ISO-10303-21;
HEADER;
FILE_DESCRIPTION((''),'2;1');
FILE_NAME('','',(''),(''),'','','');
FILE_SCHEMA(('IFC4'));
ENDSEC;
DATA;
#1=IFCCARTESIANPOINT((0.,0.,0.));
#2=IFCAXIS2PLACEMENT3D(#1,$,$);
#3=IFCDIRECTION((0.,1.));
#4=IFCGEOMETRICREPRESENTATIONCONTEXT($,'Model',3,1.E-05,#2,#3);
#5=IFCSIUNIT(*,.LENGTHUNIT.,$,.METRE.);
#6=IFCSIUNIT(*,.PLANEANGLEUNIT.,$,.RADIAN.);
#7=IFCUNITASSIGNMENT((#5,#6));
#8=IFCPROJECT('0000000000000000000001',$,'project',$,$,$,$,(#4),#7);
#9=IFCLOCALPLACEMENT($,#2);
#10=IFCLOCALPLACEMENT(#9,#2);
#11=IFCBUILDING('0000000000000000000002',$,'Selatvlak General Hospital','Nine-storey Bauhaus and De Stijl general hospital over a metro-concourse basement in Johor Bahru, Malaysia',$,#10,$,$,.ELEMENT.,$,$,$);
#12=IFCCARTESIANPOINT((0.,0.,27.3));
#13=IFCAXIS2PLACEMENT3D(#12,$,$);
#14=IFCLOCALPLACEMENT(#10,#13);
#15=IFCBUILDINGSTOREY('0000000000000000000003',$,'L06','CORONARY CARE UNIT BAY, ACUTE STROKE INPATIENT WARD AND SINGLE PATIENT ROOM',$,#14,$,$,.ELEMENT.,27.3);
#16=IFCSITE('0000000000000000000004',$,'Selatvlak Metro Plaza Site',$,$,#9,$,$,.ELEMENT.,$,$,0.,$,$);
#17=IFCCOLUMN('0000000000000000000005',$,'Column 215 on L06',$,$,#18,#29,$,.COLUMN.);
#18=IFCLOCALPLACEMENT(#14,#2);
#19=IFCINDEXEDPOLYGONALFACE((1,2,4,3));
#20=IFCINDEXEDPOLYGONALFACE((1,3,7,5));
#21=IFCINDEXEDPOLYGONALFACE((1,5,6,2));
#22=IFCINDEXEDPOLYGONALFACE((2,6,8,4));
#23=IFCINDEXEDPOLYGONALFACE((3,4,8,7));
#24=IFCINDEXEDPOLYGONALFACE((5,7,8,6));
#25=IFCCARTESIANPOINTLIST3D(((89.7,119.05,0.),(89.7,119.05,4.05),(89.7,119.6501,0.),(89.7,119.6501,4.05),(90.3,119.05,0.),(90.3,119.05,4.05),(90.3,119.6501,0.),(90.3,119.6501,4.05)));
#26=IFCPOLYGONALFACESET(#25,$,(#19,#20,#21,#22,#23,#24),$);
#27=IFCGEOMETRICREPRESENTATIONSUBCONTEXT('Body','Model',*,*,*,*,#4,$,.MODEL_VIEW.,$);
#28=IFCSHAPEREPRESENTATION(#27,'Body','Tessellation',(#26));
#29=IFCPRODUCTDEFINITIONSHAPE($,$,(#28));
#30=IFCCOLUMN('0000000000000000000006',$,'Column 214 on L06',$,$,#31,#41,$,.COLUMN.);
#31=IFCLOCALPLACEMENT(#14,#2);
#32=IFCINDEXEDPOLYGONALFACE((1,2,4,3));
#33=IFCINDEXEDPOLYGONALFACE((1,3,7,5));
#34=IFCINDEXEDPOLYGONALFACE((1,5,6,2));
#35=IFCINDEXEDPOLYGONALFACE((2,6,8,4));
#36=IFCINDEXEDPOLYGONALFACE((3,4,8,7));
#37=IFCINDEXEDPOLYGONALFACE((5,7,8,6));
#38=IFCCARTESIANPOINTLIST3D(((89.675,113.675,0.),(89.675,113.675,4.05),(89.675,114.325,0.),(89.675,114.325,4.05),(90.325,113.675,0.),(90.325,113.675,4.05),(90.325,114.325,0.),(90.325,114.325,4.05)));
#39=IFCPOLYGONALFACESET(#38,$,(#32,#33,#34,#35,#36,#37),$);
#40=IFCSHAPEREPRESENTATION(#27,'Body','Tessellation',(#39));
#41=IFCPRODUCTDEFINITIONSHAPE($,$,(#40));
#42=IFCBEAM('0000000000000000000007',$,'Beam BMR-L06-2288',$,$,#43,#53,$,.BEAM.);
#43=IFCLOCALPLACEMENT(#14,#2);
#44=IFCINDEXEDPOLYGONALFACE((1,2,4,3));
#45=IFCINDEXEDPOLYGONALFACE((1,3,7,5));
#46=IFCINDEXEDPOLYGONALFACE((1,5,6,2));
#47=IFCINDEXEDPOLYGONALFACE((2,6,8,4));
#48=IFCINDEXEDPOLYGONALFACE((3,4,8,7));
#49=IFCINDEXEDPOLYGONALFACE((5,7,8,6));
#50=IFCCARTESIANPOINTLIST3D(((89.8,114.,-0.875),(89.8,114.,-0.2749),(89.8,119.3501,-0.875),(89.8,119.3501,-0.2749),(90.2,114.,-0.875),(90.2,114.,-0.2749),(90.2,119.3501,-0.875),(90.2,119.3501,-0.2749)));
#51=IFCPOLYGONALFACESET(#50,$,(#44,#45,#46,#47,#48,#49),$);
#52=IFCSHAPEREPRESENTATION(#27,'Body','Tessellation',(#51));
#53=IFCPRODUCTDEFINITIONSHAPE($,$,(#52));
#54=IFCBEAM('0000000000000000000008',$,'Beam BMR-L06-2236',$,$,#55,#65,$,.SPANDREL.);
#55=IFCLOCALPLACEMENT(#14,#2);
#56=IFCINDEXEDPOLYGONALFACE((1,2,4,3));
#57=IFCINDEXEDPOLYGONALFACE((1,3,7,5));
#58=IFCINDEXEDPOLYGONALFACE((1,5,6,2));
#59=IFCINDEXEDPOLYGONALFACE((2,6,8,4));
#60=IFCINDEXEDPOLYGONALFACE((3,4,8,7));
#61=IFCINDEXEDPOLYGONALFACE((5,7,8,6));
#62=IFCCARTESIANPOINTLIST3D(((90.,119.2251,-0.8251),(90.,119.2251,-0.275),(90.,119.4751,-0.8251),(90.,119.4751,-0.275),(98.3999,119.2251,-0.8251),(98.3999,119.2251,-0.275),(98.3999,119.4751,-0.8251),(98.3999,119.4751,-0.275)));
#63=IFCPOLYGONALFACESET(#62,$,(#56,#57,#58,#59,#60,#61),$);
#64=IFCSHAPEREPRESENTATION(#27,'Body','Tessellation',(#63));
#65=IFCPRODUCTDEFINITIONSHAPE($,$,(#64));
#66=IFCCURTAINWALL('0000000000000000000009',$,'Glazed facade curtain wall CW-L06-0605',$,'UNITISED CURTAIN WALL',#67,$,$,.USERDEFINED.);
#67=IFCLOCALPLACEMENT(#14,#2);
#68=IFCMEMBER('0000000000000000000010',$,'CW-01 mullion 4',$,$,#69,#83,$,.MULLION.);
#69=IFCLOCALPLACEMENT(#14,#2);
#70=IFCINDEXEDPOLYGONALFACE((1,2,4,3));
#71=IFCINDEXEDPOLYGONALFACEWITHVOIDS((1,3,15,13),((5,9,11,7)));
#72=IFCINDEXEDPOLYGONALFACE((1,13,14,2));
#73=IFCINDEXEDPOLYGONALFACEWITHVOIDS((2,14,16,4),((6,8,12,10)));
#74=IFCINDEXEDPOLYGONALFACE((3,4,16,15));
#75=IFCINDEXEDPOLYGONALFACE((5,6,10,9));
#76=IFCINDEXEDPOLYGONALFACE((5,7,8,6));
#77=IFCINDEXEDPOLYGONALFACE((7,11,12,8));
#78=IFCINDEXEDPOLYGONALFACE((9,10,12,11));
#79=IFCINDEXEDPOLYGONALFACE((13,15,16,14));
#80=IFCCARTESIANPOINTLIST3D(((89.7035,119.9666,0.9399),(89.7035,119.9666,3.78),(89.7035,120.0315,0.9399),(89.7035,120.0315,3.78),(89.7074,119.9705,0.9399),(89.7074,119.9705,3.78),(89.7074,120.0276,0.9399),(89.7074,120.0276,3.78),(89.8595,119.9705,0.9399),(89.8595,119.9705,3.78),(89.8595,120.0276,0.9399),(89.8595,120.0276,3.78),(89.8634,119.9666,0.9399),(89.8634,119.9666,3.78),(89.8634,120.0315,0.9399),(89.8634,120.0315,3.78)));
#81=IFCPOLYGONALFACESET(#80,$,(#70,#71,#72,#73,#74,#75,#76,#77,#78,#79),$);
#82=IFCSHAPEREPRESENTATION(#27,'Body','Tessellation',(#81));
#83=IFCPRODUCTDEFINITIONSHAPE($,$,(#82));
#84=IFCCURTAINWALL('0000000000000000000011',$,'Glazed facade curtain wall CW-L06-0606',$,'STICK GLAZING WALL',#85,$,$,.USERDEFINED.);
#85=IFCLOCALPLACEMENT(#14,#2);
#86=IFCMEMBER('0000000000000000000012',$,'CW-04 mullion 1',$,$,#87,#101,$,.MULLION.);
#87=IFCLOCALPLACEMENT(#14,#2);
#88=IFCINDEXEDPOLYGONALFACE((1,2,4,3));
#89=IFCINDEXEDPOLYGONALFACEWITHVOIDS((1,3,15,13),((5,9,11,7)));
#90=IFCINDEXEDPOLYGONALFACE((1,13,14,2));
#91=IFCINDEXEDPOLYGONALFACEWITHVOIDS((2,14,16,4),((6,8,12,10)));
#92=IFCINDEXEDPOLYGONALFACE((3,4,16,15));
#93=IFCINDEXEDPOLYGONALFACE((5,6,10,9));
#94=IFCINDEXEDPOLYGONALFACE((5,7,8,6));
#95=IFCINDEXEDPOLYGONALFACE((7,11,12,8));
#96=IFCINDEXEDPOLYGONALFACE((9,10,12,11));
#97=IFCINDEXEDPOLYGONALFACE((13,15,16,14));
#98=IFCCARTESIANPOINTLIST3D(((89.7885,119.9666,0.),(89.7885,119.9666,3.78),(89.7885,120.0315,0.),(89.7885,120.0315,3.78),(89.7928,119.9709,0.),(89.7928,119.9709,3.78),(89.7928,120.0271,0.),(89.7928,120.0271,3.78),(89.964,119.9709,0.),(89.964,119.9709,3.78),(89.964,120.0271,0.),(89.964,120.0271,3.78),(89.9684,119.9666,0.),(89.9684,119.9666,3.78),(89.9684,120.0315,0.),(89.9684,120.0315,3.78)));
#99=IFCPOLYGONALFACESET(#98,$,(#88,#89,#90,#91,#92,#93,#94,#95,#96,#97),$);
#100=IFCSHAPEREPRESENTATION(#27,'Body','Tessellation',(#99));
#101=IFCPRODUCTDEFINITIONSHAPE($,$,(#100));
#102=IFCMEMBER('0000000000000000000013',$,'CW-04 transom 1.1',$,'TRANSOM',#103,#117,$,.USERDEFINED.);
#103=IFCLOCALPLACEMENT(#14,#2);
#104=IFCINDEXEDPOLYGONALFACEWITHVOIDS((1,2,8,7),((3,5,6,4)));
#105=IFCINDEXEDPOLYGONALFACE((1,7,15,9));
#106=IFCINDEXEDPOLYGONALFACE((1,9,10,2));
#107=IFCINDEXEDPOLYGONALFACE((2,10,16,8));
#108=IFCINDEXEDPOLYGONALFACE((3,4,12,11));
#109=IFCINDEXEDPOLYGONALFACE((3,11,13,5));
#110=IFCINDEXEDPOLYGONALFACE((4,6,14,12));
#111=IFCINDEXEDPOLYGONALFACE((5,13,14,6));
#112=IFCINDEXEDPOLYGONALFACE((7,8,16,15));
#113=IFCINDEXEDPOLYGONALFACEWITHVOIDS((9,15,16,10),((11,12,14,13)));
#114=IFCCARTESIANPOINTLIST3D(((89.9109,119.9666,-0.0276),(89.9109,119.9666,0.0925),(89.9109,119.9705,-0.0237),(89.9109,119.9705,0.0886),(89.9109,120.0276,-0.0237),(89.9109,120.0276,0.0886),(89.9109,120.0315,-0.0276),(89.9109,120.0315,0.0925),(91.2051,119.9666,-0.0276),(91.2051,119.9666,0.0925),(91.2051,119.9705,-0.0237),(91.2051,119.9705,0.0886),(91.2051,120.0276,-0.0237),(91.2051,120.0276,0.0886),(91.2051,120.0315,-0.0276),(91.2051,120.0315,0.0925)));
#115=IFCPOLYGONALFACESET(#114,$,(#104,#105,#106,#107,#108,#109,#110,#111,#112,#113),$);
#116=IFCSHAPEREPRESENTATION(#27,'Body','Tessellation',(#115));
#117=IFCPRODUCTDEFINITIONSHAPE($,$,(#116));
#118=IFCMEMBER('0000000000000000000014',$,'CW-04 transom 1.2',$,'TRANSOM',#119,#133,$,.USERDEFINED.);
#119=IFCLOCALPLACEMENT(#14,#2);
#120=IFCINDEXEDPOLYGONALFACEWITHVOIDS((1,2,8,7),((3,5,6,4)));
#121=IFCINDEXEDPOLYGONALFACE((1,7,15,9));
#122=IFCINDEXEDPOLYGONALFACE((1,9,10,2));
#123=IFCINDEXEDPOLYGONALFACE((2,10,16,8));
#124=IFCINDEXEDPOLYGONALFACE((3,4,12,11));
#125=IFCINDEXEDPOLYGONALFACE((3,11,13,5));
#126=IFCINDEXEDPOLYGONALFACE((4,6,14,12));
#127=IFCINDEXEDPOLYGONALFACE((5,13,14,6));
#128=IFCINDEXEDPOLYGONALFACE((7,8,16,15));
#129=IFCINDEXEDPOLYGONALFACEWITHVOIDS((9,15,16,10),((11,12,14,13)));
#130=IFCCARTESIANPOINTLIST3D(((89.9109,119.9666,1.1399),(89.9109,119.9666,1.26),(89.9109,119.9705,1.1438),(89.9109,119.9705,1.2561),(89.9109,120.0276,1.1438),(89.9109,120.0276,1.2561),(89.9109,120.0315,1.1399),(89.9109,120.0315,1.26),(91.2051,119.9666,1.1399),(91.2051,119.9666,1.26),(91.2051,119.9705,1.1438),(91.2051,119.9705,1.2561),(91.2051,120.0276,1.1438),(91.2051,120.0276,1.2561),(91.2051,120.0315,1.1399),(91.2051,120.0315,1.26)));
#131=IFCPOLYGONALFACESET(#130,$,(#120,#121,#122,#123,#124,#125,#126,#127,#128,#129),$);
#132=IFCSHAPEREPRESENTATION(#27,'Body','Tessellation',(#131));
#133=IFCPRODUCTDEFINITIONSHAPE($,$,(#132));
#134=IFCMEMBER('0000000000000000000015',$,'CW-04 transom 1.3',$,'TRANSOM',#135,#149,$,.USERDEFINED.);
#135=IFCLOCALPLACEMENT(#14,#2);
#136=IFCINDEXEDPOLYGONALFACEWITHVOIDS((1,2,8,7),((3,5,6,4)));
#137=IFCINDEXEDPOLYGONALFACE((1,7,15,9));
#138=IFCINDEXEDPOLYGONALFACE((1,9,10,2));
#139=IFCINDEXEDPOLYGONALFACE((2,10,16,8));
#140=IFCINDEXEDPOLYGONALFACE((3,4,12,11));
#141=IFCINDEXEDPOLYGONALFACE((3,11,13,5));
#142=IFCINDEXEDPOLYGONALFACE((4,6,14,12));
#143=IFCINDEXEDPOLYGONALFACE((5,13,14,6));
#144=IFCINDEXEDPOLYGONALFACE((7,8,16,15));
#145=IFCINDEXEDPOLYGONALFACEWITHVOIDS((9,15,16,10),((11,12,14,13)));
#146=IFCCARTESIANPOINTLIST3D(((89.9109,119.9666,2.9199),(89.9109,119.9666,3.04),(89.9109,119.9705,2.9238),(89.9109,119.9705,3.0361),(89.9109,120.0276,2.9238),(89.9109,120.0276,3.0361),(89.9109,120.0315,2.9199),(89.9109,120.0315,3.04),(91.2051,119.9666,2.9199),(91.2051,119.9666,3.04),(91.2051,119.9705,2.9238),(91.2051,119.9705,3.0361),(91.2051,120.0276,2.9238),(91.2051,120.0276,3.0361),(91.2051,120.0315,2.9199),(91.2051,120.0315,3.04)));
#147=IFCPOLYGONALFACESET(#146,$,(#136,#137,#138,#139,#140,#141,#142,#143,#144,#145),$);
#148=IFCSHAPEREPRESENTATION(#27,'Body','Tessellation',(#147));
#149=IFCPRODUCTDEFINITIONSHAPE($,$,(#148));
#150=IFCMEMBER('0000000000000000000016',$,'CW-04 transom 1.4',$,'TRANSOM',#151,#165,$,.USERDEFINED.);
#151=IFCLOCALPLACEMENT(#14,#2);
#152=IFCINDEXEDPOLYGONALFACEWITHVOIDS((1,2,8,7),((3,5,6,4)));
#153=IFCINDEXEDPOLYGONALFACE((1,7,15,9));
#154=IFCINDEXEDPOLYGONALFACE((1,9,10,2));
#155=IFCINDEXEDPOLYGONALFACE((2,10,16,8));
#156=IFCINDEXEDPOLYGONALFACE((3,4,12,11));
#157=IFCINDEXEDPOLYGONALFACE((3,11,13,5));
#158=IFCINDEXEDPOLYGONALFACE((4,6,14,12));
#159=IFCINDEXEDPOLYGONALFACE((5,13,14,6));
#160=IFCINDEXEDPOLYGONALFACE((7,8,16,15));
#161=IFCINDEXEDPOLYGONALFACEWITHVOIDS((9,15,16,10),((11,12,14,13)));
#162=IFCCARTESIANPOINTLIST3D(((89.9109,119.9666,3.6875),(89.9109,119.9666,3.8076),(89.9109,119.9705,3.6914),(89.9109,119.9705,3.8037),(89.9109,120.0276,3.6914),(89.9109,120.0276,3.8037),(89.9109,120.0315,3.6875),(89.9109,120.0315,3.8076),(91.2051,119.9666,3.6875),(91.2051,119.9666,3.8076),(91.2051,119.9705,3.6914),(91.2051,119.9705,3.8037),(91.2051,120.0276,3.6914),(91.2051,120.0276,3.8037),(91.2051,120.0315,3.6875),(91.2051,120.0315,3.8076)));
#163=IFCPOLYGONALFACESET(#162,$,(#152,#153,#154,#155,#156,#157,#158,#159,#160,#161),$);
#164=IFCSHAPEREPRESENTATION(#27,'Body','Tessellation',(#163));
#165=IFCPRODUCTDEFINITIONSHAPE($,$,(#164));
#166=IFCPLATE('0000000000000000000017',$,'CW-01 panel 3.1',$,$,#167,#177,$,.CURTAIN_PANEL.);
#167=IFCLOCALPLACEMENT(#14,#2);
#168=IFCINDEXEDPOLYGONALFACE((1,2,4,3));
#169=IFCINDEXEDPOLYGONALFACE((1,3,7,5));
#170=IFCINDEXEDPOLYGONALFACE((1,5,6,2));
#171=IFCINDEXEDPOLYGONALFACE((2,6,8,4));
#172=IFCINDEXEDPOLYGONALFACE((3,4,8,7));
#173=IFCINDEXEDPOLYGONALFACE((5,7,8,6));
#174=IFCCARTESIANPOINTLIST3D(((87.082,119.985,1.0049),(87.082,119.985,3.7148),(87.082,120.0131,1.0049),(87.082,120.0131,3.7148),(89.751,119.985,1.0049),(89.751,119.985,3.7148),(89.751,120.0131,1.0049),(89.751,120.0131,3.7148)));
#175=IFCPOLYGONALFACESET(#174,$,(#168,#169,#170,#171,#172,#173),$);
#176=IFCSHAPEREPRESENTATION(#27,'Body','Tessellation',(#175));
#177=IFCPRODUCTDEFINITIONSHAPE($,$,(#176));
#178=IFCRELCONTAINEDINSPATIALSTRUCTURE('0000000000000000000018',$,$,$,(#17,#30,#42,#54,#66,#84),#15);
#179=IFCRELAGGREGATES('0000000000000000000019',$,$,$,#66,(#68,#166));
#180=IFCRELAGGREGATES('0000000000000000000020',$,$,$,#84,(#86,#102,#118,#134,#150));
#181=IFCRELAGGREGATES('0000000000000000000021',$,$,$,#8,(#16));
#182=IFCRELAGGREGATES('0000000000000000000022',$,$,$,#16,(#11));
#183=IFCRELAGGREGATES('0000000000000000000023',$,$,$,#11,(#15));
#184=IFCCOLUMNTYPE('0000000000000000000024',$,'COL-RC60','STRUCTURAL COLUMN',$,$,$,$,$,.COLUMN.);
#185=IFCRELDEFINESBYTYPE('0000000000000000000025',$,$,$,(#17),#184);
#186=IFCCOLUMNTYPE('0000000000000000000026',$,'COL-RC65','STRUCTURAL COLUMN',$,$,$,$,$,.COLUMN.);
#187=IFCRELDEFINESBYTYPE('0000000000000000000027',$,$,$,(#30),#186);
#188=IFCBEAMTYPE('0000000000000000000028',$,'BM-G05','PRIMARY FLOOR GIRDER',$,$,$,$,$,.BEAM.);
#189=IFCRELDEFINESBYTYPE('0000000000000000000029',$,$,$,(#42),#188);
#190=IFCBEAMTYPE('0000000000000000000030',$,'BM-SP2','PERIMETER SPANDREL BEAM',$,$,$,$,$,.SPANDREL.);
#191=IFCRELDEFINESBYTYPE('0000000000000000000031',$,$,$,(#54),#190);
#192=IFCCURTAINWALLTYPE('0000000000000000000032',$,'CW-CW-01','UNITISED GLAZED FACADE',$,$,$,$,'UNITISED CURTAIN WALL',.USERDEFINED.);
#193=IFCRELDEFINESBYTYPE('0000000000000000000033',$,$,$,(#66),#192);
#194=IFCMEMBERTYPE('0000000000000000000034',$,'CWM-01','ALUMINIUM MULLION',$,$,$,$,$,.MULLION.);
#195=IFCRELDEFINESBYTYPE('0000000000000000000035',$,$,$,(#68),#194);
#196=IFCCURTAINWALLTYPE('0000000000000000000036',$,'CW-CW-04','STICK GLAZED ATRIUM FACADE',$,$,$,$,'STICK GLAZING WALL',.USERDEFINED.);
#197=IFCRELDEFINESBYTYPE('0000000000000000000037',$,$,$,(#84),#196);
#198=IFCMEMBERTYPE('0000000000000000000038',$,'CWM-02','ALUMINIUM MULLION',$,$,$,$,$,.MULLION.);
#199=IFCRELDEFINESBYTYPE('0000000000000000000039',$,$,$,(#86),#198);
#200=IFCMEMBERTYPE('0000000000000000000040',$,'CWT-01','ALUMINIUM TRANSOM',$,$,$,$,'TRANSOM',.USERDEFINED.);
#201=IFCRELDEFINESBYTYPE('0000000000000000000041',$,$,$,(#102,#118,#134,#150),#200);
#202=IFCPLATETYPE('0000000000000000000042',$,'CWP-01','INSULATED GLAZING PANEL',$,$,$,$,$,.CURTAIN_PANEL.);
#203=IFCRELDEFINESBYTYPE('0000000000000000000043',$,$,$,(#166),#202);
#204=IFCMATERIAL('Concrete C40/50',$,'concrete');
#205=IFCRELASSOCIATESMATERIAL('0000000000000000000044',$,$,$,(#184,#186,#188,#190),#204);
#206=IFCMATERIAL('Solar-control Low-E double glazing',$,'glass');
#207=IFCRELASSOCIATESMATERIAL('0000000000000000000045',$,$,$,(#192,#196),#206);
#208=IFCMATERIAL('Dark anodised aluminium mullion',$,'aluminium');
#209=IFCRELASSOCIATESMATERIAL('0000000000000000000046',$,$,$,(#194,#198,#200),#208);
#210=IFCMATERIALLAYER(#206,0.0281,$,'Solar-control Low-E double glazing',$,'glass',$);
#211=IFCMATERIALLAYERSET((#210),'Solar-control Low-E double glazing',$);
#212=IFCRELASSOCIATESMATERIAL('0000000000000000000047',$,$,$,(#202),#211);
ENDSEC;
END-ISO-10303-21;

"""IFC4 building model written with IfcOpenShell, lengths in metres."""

from ifc_helpers import new_model, si_unit, direction, frame, origin, origin_2d, place, context, subcontext, project, spatial, rectangle, hollow_rectangle, extrude, material, layer, layer_set, material_profile, profile_set, type_object, element, aggregate, save


model = new_model("IFC4")

# Units and contexts
model_context = context("Model", 3, precision=1e-05, world=origin(), true_north=direction((0.0, 1.0)))
body_context = subcontext(model_context, "Body", "Model", "MODEL_VIEW")
ifc_project = project(units=[si_unit("LENGTHUNIT", "METRE"), si_unit("PLANEANGLEUNIT", "RADIAN")], contexts=[model_context])

# Site, building, storey
site_placement = place(None, origin())
site = spatial("IfcSite", under=ifc_project, at=site_placement, Name="Selatvlak Metro Plaza Site", CompositionType="ELEMENT", RefElevation=0.0)
building_placement = place(site_placement, origin())
building = spatial("IfcBuilding", under=site, at=building_placement, Name="Selatvlak General Hospital", Description="Nine-storey Bauhaus and De Stijl general hospital over a metro-concourse basement in Johor Bahru, Malaysia", CompositionType="ELEMENT")
storey_placement = place(building_placement, frame((0.0, 0.0, 27.3)))
storey = spatial("IfcBuildingStorey", under=building, at=storey_placement, Name="L06", Description="CORONARY CARE UNIT BAY, ACUTE STROKE INPATIENT WARD AND SINGLE PATIENT ROOM", CompositionType="ELEMENT", Elevation=27.3)

# Columns
ifc_material_1 = material(Name="Concrete C40/50", Category="concrete")
ifc_material_profile_1 = material_profile(ifc_material_1, rectangle(XDim=0.6001, YDim=0.6001, at=origin_2d()), Name="RC-COL 600x600")
ifc_profile_set_1 = profile_set([ifc_material_profile_1], Name="Concrete C40/50")
column_type_1 = type_object("IfcColumnType", Name="COL-RC60", Description="STRUCTURAL COLUMN", PredefinedType="COLUMN", material=ifc_profile_set_1)
column_1_placement = place(storey_placement, frame((90.0, 119.3501, 0.0), z_axis=(0.0, 0.0, 1.0), x_axis=(1.0, 0.0, 0.0)))
element("IfcColumn", 1, at=column_1_placement, inside=storey, type_object=column_type_1, Name="Column 215 on L06", PredefinedType="COLUMN", context=body_context, shape_type="SweptSolid", body=[
    extrude(rectangle(XDim=0.6001, YDim=0.6001, at=origin_2d()), origin(), (0.0, 0.0, 1.0), 4.05),
])
ifc_material_profile_2 = material_profile(ifc_material_1, rectangle(XDim=0.6499, YDim=0.6499, at=origin_2d()), Name="RC-COL 650x650")
ifc_profile_set_2 = profile_set([ifc_material_profile_2], Name="Concrete C40/50")
column_type_2 = type_object("IfcColumnType", Name="COL-RC65", Description="STRUCTURAL COLUMN", PredefinedType="COLUMN", material=ifc_profile_set_2)
column_2_placement = place(storey_placement, frame((90.0, 114.0, 0.0), z_axis=(0.0, 0.0, 1.0), x_axis=(1.0, 0.0, 0.0)))
element("IfcColumn", 2, at=column_2_placement, inside=storey, type_object=column_type_2, Name="Column 214 on L06", PredefinedType="COLUMN", context=body_context, shape_type="SweptSolid", body=[
    extrude(rectangle(XDim=0.6499, YDim=0.6499, at=origin_2d()), origin(), (0.0, 0.0, 1.0), 4.05),
])

# Beams
ifc_material_profile_3 = material_profile(ifc_material_1, rectangle(XDim=0.3999, YDim=0.6001, at=origin_2d()), Name="RC-BM 400x600")
ifc_profile_set_3 = profile_set([ifc_material_profile_3], Name="Concrete C40/50")
beam_type_1 = type_object("IfcBeamType", Name="BM-G05", Description="PRIMARY FLOOR GIRDER", PredefinedType="BEAM", material=ifc_profile_set_3)
beam_1_placement = place(storey_placement, frame((90.0, 114.0, -0.575), z_axis=(0.0, 1.0, 0.0), x_axis=(-1.0, 0.0, 0.0)))
element("IfcBeam", 3, at=beam_1_placement, inside=storey, type_object=beam_type_1, Name="Beam BMR-L06-2288", PredefinedType="BEAM", context=body_context, shape_type="SweptSolid", body=[
    extrude(rectangle(XDim=0.3999, YDim=0.6001, at=origin_2d()), origin(), (0.0, 0.0, 1.0), 5.3501),
])
ifc_material_profile_4 = material_profile(ifc_material_1, rectangle(XDim=0.25, YDim=0.55, at=origin_2d()), Name="RC-SP 250x550")
ifc_profile_set_4 = profile_set([ifc_material_profile_4], Name="Concrete C40/50")
beam_type_2 = type_object("IfcBeamType", Name="BM-SP2", Description="PERIMETER SPANDREL BEAM", PredefinedType="SPANDREL", material=ifc_profile_set_4)
beam_2_placement = place(storey_placement, frame((90.0, 119.3501, -0.55), z_axis=(1.0, 0.0, 0.0), x_axis=(0.0, 1.0, 0.0)))
element("IfcBeam", 4, at=beam_2_placement, inside=storey, type_object=beam_type_2, Name="Beam BMR-L06-2236", PredefinedType="SPANDREL", context=body_context, shape_type="SweptSolid", body=[
    extrude(rectangle(XDim=0.25, YDim=0.55, at=origin_2d()), origin(), (0.0, 0.0, 1.0), 8.3999),
])

# Curtain wall, member
ifc_material_2 = material(Name="Solar-control Low-E double glazing", Category="glass")
curtain_wall_type_1 = type_object("IfcCurtainWallType", Name="CW-CW-01", Description="UNITISED GLAZED FACADE", ElementType="UNITISED CURTAIN WALL", PredefinedType="USERDEFINED", material=ifc_material_2)
curtain_wall_1_placement = place(storey_placement, origin())
curtain_wall_1 = element("IfcCurtainWall", 5, at=curtain_wall_1_placement, inside=storey, type_object=curtain_wall_type_1, Name="Glazed facade curtain wall CW-L06-0605", ObjectType="UNITISED CURTAIN WALL", PredefinedType="USERDEFINED")
ifc_material_3 = material(Name="Dark anodised aluminium mullion", Category="aluminium")
ifc_material_profile_5 = material_profile(ifc_material_3, hollow_rectangle(XDim=0.0649, YDim=0.1599, WallThickness=0.0039, at=origin_2d()), Name="AL-MUL 65x160x4")
ifc_profile_set_5 = profile_set([ifc_material_profile_5], Name="Dark anodised aluminium mullion")
member_type_1 = type_object("IfcMemberType", Name="CWM-01", Description="ALUMINIUM MULLION", PredefinedType="MULLION", material=ifc_profile_set_5)
member_1_placement = place(storey_placement, frame((89.7834, 119.999, 0.9399), z_axis=(0.0, 0.0, 1.0), x_axis=(0.0, 1.0, 0.0)))
member_1 = element("IfcMember", 6, at=member_1_placement, type_object=member_type_1, Name="CW-01 mullion 4", PredefinedType="MULLION", context=body_context, shape_type="SweptSolid", body=[
    extrude(hollow_rectangle(XDim=0.0649, YDim=0.1599, WallThickness=0.0039, at=origin_2d()), origin(), (0.0, 0.0, 1.0), 2.8401),
])

# Curtain wall, members
curtain_wall_type_2 = type_object("IfcCurtainWallType", Name="CW-CW-04", Description="STICK GLAZED ATRIUM FACADE", ElementType="STICK GLAZING WALL", PredefinedType="USERDEFINED", material=ifc_material_2)
curtain_wall_2_placement = place(storey_placement, origin())
curtain_wall_2 = element("IfcCurtainWall", 7, at=curtain_wall_2_placement, inside=storey, type_object=curtain_wall_type_2, Name="Glazed facade curtain wall CW-L06-0606", ObjectType="STICK GLAZING WALL", PredefinedType="USERDEFINED")
ifc_material_profile_6 = material_profile(ifc_material_3, hollow_rectangle(XDim=0.0649, YDim=0.1799, WallThickness=0.0044, at=origin_2d()), Name="AL-MUL 65x180x4.5")
ifc_profile_set_6 = profile_set([ifc_material_profile_6], Name="Dark anodised aluminium mullion")
member_type_2 = type_object("IfcMemberType", Name="CWM-02", Description="ALUMINIUM MULLION", PredefinedType="MULLION", material=ifc_profile_set_6)
member_2_placement = place(storey_placement, frame((89.8784, 119.999, 0.0), z_axis=(0.0, 0.0, 1.0), x_axis=(0.0, 1.0, 0.0)))
member_2 = element("IfcMember", 8, at=member_2_placement, type_object=member_type_2, Name="CW-04 mullion 1", PredefinedType="MULLION", context=body_context, shape_type="SweptSolid", body=[
    extrude(hollow_rectangle(XDim=0.0649, YDim=0.1799, WallThickness=0.0044, at=origin_2d()), origin(), (0.0, 0.0, 1.0), 3.78),
])
ifc_material_profile_7 = material_profile(ifc_material_3, hollow_rectangle(XDim=0.0649, YDim=0.1201, WallThickness=0.0039, at=origin_2d()), Name="AL-TRN 65x120x4")
ifc_profile_set_7 = profile_set([ifc_material_profile_7], Name="Dark anodised aluminium mullion")
member_type_3 = type_object("IfcMemberType", Name="CWT-01", Description="ALUMINIUM TRANSOM", ElementType="TRANSOM", PredefinedType="USERDEFINED", material=ifc_profile_set_7)
member_3_placement = place(storey_placement, frame((89.9109, 119.999, 0.0325), z_axis=(1.0, 0.0, 0.0), x_axis=(0.0, 1.0, 0.0)))
member_3 = element("IfcMember", 9, at=member_3_placement, type_object=member_type_3, Name="CW-04 transom 1.1", ObjectType="TRANSOM", PredefinedType="USERDEFINED", context=body_context, shape_type="SweptSolid", body=[
    extrude(hollow_rectangle(XDim=0.0649, YDim=0.1201, WallThickness=0.0039, at=origin_2d()), origin(), (0.0, 0.0, 1.0), 1.2942),
])
member_4_placement = place(storey_placement, frame((89.9109, 119.999, 1.2), z_axis=(1.0, 0.0, 0.0), x_axis=(0.0, 1.0, 0.0)))
member_4 = element("IfcMember", 10, at=member_4_placement, type_object=member_type_3, Name="CW-04 transom 1.2", ObjectType="TRANSOM", PredefinedType="USERDEFINED", context=body_context, shape_type="SweptSolid", body=[
    extrude(hollow_rectangle(XDim=0.0649, YDim=0.1201, WallThickness=0.0039, at=origin_2d()), origin(), (0.0, 0.0, 1.0), 1.2942),
])
member_5_placement = place(storey_placement, frame((89.9109, 119.999, 2.98), z_axis=(1.0, 0.0, 0.0), x_axis=(0.0, 1.0, 0.0)))
member_5 = element("IfcMember", 11, at=member_5_placement, type_object=member_type_3, Name="CW-04 transom 1.3", ObjectType="TRANSOM", PredefinedType="USERDEFINED", context=body_context, shape_type="SweptSolid", body=[
    extrude(hollow_rectangle(XDim=0.0649, YDim=0.1201, WallThickness=0.0039, at=origin_2d()), origin(), (0.0, 0.0, 1.0), 1.2942),
])
member_6_placement = place(storey_placement, frame((89.9109, 119.999, 3.7476), z_axis=(1.0, 0.0, 0.0), x_axis=(0.0, 1.0, 0.0)))
member_6 = element("IfcMember", 12, at=member_6_placement, type_object=member_type_3, Name="CW-04 transom 1.4", ObjectType="TRANSOM", PredefinedType="USERDEFINED", context=body_context, shape_type="SweptSolid", body=[
    extrude(hollow_rectangle(XDim=0.0649, YDim=0.1201, WallThickness=0.0039, at=origin_2d()), origin(), (0.0, 0.0, 1.0), 1.2942),
])

# Plate
ifc_layer_1 = layer(ifc_material_2, 0.0281, Name="Solar-control Low-E double glazing", Category="glass")
ifc_layer_set_1 = layer_set([ifc_layer_1], Name="Solar-control Low-E double glazing")
plate_type = type_object("IfcPlateType", Name="CWP-01", Description="INSULATED GLAZING PANEL", PredefinedType="CURTAIN_PANEL", material=ifc_layer_set_1)
plate_1_placement = place(storey_placement, frame((88.4165, 119.999, 1.0049), z_axis=(0.0, 0.0, 1.0), x_axis=(1.0, 0.0, 0.0)))
plate_1 = element("IfcPlate", 13, at=plate_1_placement, type_object=plate_type, Name="CW-01 panel 3.1", PredefinedType="CURTAIN_PANEL", context=body_context, shape_type="SweptSolid", body=[
    extrude(rectangle(XDim=2.6689, YDim=0.0281, at=origin_2d()), origin(), (0.0, 0.0, 1.0), 2.71),
])
aggregate(curtain_wall_1, [member_1, plate_1])
aggregate(curtain_wall_2, [member_2, member_3, member_4, member_5, member_6])

save(model, "model.ifc")
